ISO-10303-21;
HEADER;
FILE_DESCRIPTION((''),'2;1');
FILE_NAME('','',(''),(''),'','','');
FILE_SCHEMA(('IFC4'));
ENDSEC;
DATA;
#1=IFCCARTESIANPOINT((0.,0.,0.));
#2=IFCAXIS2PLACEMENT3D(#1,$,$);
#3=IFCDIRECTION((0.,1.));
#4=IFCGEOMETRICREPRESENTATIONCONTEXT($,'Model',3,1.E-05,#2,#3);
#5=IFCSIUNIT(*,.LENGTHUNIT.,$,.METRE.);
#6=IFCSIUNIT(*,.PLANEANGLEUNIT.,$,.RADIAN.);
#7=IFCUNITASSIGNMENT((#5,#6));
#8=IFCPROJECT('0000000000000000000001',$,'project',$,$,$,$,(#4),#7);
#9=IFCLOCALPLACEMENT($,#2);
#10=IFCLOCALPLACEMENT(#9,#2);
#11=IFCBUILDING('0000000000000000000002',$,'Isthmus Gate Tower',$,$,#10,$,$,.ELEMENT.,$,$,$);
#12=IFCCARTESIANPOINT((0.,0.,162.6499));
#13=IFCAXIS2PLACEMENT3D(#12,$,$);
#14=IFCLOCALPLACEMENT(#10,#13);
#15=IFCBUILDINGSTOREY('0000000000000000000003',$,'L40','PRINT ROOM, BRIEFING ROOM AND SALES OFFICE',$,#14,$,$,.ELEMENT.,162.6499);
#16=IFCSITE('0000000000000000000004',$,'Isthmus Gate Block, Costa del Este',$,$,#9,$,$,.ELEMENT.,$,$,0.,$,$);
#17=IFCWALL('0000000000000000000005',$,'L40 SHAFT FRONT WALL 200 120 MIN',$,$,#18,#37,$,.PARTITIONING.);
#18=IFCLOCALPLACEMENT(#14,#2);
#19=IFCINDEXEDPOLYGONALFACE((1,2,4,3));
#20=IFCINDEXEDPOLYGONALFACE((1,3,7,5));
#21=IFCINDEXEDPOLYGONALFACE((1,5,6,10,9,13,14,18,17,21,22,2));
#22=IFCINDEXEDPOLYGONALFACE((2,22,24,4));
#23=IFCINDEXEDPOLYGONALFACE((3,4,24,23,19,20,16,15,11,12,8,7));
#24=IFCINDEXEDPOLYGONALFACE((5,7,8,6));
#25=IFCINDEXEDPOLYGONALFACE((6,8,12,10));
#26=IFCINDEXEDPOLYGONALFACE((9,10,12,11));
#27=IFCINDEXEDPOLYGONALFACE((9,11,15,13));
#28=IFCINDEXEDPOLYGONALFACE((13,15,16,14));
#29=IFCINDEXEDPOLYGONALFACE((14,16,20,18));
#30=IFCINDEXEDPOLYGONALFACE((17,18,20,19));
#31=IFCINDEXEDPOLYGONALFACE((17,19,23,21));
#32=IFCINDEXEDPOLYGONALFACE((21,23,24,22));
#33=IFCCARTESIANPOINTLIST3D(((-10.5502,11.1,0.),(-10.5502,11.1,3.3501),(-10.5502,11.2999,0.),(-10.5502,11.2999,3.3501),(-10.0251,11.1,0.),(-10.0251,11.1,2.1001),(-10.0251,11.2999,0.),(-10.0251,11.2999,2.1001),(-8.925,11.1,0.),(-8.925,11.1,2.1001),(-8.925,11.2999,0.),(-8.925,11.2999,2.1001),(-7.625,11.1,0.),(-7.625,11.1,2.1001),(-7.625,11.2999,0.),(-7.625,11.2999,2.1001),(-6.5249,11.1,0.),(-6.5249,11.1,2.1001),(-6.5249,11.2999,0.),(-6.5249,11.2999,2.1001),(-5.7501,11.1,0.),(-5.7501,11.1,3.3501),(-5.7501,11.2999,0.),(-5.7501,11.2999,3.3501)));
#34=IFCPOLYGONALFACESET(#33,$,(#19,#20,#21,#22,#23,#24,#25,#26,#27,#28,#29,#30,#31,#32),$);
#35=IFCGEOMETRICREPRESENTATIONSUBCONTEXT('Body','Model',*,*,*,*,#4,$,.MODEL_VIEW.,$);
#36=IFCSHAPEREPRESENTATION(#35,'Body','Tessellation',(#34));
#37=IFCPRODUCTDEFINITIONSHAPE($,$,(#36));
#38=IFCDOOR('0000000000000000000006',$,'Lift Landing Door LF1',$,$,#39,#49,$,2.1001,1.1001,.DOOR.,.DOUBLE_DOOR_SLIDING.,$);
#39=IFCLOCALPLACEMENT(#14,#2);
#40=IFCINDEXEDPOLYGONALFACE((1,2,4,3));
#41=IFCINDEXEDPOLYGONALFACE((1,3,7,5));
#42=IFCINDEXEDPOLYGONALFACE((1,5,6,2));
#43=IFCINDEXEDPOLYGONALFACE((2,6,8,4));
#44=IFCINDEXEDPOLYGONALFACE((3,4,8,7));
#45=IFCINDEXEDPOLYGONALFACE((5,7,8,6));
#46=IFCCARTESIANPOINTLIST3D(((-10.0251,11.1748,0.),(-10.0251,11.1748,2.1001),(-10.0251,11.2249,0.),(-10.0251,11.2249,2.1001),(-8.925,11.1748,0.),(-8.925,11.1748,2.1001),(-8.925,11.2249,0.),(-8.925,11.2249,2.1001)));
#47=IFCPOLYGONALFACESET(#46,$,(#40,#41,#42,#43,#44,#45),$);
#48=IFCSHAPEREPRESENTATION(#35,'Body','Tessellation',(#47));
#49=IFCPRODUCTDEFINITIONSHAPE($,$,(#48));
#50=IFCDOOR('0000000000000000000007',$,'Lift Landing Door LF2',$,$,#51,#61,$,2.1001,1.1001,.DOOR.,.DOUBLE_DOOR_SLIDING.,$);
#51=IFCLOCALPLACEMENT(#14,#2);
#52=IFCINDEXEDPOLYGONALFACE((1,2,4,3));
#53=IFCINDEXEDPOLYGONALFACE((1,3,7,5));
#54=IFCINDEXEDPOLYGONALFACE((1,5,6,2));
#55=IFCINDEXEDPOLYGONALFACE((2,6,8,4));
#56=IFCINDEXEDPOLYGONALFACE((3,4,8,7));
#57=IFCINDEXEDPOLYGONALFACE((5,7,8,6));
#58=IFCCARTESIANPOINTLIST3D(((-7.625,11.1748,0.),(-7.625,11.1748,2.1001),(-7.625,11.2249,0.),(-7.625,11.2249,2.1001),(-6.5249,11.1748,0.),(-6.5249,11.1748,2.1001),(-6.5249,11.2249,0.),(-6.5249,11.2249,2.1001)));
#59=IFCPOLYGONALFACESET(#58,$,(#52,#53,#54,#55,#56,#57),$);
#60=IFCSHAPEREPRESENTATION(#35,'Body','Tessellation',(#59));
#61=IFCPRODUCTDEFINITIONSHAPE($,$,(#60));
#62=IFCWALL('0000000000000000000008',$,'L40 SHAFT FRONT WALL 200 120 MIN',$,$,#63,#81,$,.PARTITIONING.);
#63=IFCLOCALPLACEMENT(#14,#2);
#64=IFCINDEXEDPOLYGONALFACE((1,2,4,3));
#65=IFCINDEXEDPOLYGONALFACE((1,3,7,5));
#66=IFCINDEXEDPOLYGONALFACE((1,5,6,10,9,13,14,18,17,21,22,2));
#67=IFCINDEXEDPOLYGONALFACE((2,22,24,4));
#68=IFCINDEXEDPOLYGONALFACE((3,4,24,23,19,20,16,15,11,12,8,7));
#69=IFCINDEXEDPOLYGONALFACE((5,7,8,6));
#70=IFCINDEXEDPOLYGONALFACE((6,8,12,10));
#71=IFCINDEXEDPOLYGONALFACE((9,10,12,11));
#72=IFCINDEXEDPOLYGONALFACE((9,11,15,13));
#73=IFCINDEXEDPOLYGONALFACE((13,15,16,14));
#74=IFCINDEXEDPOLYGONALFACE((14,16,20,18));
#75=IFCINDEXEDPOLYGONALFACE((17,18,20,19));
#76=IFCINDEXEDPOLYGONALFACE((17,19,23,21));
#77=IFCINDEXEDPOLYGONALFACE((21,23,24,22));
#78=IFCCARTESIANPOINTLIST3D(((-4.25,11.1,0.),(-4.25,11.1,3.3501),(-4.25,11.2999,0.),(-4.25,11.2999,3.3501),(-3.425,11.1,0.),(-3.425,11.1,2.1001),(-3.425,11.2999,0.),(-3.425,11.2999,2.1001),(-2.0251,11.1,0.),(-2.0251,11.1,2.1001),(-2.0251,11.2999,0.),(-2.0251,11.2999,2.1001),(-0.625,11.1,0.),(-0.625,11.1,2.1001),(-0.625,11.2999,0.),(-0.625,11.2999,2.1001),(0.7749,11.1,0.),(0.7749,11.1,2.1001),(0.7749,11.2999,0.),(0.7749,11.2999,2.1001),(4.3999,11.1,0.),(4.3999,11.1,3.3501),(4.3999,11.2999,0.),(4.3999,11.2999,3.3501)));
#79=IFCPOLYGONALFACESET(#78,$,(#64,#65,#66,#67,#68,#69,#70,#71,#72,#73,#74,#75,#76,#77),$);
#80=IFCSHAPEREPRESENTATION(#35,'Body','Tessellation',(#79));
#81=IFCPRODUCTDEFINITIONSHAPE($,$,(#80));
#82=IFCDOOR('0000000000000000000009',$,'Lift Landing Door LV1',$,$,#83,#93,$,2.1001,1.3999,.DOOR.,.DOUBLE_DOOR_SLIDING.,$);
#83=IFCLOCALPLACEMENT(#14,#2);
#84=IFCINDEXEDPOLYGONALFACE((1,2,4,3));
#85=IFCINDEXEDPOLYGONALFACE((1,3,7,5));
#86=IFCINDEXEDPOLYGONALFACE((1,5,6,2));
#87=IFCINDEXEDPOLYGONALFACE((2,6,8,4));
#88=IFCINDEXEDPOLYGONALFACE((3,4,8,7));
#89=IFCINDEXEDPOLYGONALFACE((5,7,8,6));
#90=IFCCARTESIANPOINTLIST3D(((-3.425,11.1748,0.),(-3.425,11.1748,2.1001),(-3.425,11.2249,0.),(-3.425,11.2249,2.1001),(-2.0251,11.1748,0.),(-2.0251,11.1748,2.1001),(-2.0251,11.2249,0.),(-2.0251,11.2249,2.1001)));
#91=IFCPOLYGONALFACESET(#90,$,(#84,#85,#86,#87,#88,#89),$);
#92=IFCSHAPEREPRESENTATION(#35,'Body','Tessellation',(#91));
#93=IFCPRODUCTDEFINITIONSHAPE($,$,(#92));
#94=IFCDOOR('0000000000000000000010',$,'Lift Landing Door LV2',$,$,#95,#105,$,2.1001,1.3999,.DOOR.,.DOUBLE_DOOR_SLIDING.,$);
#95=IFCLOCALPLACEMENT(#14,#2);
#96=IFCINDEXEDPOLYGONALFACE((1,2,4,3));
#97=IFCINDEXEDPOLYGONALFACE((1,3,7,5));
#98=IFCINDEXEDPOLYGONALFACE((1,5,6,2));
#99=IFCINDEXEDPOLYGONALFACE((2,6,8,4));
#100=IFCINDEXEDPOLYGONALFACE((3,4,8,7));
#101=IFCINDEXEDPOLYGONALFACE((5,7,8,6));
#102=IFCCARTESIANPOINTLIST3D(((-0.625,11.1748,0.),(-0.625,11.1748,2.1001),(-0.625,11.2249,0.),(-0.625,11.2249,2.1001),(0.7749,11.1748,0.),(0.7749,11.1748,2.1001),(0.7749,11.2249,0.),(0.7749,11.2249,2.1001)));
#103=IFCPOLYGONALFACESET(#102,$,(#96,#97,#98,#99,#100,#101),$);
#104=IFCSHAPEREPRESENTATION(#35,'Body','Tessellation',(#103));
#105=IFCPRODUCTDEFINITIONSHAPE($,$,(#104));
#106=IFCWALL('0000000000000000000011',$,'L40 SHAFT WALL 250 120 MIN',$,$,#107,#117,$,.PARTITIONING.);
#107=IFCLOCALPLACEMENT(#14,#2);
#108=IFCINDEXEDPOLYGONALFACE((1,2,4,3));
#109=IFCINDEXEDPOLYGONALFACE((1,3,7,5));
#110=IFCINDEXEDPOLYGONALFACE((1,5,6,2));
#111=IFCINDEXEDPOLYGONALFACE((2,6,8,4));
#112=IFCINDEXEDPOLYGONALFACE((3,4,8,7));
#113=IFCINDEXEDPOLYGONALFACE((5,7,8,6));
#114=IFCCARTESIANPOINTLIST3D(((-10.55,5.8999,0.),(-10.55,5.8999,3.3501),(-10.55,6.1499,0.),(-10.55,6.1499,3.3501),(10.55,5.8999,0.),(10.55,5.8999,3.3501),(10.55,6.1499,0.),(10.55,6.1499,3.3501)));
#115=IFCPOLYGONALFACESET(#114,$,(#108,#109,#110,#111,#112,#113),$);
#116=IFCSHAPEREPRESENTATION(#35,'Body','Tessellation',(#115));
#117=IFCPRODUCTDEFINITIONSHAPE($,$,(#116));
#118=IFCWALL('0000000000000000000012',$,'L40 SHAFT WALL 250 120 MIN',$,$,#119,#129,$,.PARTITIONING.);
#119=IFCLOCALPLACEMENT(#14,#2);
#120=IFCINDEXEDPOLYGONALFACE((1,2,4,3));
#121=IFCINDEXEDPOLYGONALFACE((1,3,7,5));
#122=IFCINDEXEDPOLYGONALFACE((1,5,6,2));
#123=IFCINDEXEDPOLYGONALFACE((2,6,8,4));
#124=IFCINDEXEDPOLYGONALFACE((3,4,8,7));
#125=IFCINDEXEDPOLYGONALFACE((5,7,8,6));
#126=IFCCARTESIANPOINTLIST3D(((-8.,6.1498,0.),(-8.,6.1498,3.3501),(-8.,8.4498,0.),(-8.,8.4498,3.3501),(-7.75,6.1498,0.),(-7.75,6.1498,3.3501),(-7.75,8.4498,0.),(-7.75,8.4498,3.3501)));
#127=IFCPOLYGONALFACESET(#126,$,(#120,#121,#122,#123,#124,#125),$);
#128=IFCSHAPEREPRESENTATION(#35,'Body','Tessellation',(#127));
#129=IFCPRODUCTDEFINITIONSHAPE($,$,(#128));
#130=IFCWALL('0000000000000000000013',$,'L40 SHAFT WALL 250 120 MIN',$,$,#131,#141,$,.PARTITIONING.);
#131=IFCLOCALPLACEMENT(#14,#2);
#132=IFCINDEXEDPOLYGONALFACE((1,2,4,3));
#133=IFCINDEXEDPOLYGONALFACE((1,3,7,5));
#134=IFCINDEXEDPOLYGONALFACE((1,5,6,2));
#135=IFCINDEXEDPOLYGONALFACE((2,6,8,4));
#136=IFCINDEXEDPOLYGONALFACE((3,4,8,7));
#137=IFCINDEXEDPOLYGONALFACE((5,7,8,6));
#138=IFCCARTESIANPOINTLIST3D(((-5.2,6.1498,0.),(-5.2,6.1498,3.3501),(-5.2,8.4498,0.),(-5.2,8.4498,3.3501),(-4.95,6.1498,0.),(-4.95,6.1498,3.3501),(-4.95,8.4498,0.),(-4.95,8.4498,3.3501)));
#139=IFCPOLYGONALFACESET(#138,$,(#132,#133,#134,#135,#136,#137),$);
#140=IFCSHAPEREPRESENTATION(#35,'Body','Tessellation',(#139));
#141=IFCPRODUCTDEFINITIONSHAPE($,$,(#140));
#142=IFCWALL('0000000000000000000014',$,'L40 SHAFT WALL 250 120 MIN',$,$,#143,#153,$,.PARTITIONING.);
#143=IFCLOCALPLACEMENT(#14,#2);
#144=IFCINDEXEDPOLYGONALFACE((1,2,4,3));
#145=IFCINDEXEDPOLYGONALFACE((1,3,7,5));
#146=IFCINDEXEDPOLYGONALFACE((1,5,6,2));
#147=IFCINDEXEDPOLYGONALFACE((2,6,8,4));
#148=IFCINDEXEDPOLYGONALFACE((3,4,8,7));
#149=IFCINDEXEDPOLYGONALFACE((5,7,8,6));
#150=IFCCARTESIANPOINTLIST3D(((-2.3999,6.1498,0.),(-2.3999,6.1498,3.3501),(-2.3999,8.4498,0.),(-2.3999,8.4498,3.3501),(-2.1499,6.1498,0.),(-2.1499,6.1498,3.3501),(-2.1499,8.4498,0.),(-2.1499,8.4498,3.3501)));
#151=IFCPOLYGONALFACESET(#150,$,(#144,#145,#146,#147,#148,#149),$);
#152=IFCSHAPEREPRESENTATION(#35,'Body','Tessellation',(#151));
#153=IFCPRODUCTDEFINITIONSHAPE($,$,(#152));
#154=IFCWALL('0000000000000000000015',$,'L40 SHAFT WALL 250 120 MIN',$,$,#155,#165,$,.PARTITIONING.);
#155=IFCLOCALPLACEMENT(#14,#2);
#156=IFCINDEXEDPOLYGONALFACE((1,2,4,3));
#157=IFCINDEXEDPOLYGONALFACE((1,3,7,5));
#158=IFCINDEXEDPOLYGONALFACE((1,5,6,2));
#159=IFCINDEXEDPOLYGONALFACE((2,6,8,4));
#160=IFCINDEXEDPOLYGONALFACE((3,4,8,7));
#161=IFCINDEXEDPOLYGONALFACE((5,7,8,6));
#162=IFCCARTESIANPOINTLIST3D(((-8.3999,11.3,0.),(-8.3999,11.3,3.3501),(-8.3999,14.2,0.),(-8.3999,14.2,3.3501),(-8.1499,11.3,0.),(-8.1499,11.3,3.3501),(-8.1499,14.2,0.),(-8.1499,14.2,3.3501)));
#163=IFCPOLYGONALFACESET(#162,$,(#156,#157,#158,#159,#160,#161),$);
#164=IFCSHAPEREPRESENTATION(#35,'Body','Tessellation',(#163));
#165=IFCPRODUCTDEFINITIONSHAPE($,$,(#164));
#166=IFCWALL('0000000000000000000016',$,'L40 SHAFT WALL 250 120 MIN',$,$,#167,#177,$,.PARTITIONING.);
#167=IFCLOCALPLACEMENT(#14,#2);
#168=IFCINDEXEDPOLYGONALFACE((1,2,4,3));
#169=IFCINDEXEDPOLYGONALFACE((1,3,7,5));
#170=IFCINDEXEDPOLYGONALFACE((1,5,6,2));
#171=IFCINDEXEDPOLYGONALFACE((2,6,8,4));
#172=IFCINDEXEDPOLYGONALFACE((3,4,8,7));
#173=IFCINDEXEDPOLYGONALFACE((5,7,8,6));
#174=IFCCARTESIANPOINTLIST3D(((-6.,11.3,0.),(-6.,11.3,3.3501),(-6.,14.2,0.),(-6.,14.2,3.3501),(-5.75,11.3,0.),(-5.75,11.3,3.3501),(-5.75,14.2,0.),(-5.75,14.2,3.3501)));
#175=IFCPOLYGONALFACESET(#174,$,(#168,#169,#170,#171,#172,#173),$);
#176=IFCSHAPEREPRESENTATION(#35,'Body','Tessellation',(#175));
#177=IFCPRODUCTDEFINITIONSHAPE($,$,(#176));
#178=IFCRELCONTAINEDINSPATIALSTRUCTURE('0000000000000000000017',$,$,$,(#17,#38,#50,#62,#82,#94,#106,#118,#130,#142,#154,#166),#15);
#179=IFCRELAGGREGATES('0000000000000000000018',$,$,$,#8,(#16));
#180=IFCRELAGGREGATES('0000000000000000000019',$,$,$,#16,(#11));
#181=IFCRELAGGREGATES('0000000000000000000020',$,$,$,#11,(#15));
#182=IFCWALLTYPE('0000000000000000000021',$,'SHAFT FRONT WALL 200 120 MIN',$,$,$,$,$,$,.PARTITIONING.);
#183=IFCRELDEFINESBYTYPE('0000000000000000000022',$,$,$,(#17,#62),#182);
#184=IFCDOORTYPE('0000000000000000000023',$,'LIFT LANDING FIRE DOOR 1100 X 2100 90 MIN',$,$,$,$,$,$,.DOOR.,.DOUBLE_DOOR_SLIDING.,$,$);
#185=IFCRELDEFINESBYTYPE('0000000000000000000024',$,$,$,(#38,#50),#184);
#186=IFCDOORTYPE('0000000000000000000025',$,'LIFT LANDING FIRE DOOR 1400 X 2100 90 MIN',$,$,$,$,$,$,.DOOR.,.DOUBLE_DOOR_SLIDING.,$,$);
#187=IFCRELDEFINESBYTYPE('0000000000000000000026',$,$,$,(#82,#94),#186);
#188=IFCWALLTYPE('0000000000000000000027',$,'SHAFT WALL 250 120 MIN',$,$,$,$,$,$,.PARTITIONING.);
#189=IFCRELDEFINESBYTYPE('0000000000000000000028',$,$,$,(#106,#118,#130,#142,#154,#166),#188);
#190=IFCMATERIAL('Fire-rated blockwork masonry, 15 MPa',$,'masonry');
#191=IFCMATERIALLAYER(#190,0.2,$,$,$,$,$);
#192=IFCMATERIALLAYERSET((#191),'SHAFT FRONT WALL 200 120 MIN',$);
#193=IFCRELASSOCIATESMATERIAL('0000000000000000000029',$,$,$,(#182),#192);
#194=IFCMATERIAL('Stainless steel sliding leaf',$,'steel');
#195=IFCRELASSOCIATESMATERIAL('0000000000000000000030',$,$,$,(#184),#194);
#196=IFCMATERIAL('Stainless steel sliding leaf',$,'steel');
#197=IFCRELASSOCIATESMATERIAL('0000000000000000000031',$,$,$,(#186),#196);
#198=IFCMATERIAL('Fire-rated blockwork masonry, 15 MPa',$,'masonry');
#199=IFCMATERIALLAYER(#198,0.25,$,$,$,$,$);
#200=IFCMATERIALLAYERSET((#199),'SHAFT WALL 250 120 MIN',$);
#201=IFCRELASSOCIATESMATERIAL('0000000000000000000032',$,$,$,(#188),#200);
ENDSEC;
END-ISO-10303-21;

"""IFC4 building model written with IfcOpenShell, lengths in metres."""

from ifc_helpers import new_model, si_unit, direction, frame, frame_2d, origin, place, context, subcontext, project, spatial, rectangle, extrude, material, layer, layer_set, type_object, element, fill, save


model = new_model("IFC4")

# Units and contexts
model_context = context("Model", 3, precision=1e-05, world=origin(), true_north=direction((0.0, 1.0)))
body_context = subcontext(model_context, "Body", "Model", "MODEL_VIEW")
ifc_project = project(units=[si_unit("LENGTHUNIT", "METRE"), si_unit("PLANEANGLEUNIT", "RADIAN")], contexts=[model_context])

# Site, building, storey
site_placement = place(None, origin())
site = spatial("IfcSite", under=ifc_project, at=site_placement, Name="Isthmus Gate Block, Costa del Este", CompositionType="ELEMENT", RefElevation=0.0)
building_placement = place(site_placement, origin())
building = spatial("IfcBuilding", under=site, at=building_placement, Name="Isthmus Gate Tower", CompositionType="ELEMENT")
storey_placement = place(building_placement, frame((0.0, 0.0, 162.6499)))
storey = spatial("IfcBuildingStorey", under=building, at=storey_placement, Name="L40", Description="PRINT ROOM, BRIEFING ROOM AND SALES OFFICE", CompositionType="ELEMENT", Elevation=162.6499)

# Walls, openings, doors
ifc_material_1 = material(Name="Fire-rated blockwork masonry, 15 MPa", Category="masonry")
ifc_layer_1 = layer(ifc_material_1, 0.2)
ifc_layer_set_1 = layer_set([ifc_layer_1], Name="SHAFT FRONT WALL 200 120 MIN")
wall_type_1 = type_object("IfcWallType", Name="SHAFT FRONT WALL 200 120 MIN", PredefinedType="PARTITIONING", material=ifc_layer_set_1)
wall_1_placement = place(storey_placement, frame((-10.55, 11.2, 0.0), z_axis=(0.0, 0.0, 1.0), x_axis=(1.0, 0.0, 0.0)))
wall_1 = element("IfcWall", 1, at=wall_1_placement, inside=storey, type_object=wall_type_1, Name="L40 SHAFT FRONT WALL 200 120 MIN", PredefinedType="PARTITIONING", context=body_context, shape_type="SweptSolid", body=[
    extrude(rectangle(XDim=4.8, YDim=0.2, at=frame_2d((2.3999, 0.0))), origin(), (0.0, 0.0, 1.0), 3.3501),
])
opening_1_placement = place(wall_1_placement, frame((0.5249, 0.0, 0.0)))
opening_1 = element("IfcOpeningElement", 2, at=opening_1_placement, cuts=wall_1, PredefinedType="OPENING", context=body_context, shape_type="SweptSolid", body=[
    extrude(rectangle(XDim=1.1001, YDim=2.1001, at=frame_2d((0.55, 1.05))), frame((0.0, 0.1099, 0.0), z_axis=(0.0, -1.0, 0.0), x_axis=(1.0, 0.0, 0.0)), (0.0, 0.0, 1.0), 0.22),
])
opening_2_placement = place(wall_1_placement, frame((2.925, 0.0, 0.0)))
opening_2 = element("IfcOpeningElement", 3, at=opening_2_placement, cuts=wall_1, PredefinedType="OPENING", context=body_context, shape_type="SweptSolid", body=[
    extrude(rectangle(XDim=1.1001, YDim=2.1001, at=frame_2d((0.55, 1.05))), frame((0.0, 0.1099, 0.0), z_axis=(0.0, -1.0, 0.0), x_axis=(1.0, 0.0, 0.0)), (0.0, 0.0, 1.0), 0.22),
])
ifc_material_2 = material(Name="Stainless steel sliding leaf", Category="steel")
door_type_1 = type_object("IfcDoorType", Name="LIFT LANDING FIRE DOOR 1100 X 2100 90 MIN", OperationType="DOUBLE_DOOR_SLIDING", PredefinedType="DOOR", material=ifc_material_2)
door_1_placement = place(opening_1_placement, origin())
door_1 = element("IfcDoor", 4, at=door_1_placement, inside=storey, type_object=door_type_1, Name="Lift Landing Door LF1", OperationType="DOUBLE_DOOR_SLIDING", OverallHeight=2.1001, OverallWidth=1.1001, PredefinedType="DOOR", context=body_context, shape_type="SweptSolid", body=[
    extrude(rectangle(XDim=1.1001, YDim=2.1001, at=frame_2d((0.55, 1.05))), frame((0.0, 0.0249, 0.0), z_axis=(0.0, -1.0, 0.0), x_axis=(1.0, 0.0, 0.0)), (0.0, 0.0, 1.0), 0.05),
])
fill(opening_1, door_1)
door_2_placement = place(opening_2_placement, origin())
door_2 = element("IfcDoor", 5, at=door_2_placement, inside=storey, type_object=door_type_1, Name="Lift Landing Door LF2", OperationType="DOUBLE_DOOR_SLIDING", OverallHeight=2.1001, OverallWidth=1.1001, PredefinedType="DOOR", context=body_context, shape_type="SweptSolid", body=[
    extrude(rectangle(XDim=1.1001, YDim=2.1001, at=frame_2d((0.55, 1.05))), frame((0.0, 0.0249, 0.0), z_axis=(0.0, -1.0, 0.0), x_axis=(1.0, 0.0, 0.0)), (0.0, 0.0, 1.0), 0.05),
])
fill(opening_2, door_2)
wall_2_placement = place(storey_placement, frame((-4.25, 11.2, 0.0), z_axis=(0.0, 0.0, 1.0), x_axis=(1.0, 0.0, 0.0)))
wall_2 = element("IfcWall", 6, at=wall_2_placement, inside=storey, type_object=wall_type_1, Name="L40 SHAFT FRONT WALL 200 120 MIN", PredefinedType="PARTITIONING", context=body_context, shape_type="SweptSolid", body=[
    extrude(rectangle(XDim=8.6499, YDim=0.2, at=frame_2d((4.325, 0.0))), origin(), (0.0, 0.0, 1.0), 3.3501),
])
opening_3_placement = place(wall_2_placement, frame((0.825, 0.0, 0.0)))
opening_3 = element("IfcOpeningElement", 7, at=opening_3_placement, cuts=wall_2, PredefinedType="OPENING", context=body_context, shape_type="SweptSolid", body=[
    extrude(rectangle(XDim=1.3999, YDim=2.1001, at=frame_2d((0.7, 1.05))), frame((0.0, 0.1099, 0.0), z_axis=(0.0, -1.0, 0.0), x_axis=(1.0, 0.0, 0.0)), (0.0, 0.0, 1.0), 0.22),
])
opening_4_placement = place(wall_2_placement, frame((3.625, 0.0, 0.0)))
opening_4 = element("IfcOpeningElement", 8, at=opening_4_placement, cuts=wall_2, PredefinedType="OPENING", context=body_context, shape_type="SweptSolid", body=[
    extrude(rectangle(XDim=1.3999, YDim=2.1001, at=frame_2d((0.7, 1.05))), frame((0.0, 0.1099, 0.0), z_axis=(0.0, -1.0, 0.0), x_axis=(1.0, 0.0, 0.0)), (0.0, 0.0, 1.0), 0.22),
])
ifc_material_3 = material(Name="Stainless steel sliding leaf", Category="steel")
door_type_2 = type_object("IfcDoorType", Name="LIFT LANDING FIRE DOOR 1400 X 2100 90 MIN", OperationType="DOUBLE_DOOR_SLIDING", PredefinedType="DOOR", material=ifc_material_3)
door_3_placement = place(opening_3_placement, origin())
door_3 = element("IfcDoor", 9, at=door_3_placement, inside=storey, type_object=door_type_2, Name="Lift Landing Door LV1", OperationType="DOUBLE_DOOR_SLIDING", OverallHeight=2.1001, OverallWidth=1.3999, PredefinedType="DOOR", context=body_context, shape_type="SweptSolid", body=[
    extrude(rectangle(XDim=1.3999, YDim=2.1001, at=frame_2d((0.7, 1.05))), frame((0.0, 0.0249, 0.0), z_axis=(0.0, -1.0, 0.0), x_axis=(1.0, 0.0, 0.0)), (0.0, 0.0, 1.0), 0.05),
])
fill(opening_3, door_3)
door_4_placement = place(opening_4_placement, origin())
door_4 = element("IfcDoor", 10, at=door_4_placement, inside=storey, type_object=door_type_2, Name="Lift Landing Door LV2", OperationType="DOUBLE_DOOR_SLIDING", OverallHeight=2.1001, OverallWidth=1.3999, PredefinedType="DOOR", context=body_context, shape_type="SweptSolid", body=[
    extrude(rectangle(XDim=1.3999, YDim=2.1001, at=frame_2d((0.7, 1.05))), frame((0.0, 0.0249, 0.0), z_axis=(0.0, -1.0, 0.0), x_axis=(1.0, 0.0, 0.0)), (0.0, 0.0, 1.0), 0.05),
])
fill(opening_4, door_4)

# Walls
ifc_material_4 = material(Name="Fire-rated blockwork masonry, 15 MPa", Category="masonry")
ifc_layer_2 = layer(ifc_material_4, 0.25)
ifc_layer_set_2 = layer_set([ifc_layer_2], Name="SHAFT WALL 250 120 MIN")
wall_type_2 = type_object("IfcWallType", Name="SHAFT WALL 250 120 MIN", PredefinedType="PARTITIONING", material=ifc_layer_set_2)
wall_3_placement = place(storey_placement, frame((-10.55, 6.0249, 0.0), z_axis=(0.0, 0.0, 1.0), x_axis=(1.0, 0.0, 0.0)))
element("IfcWall", 11, at=wall_3_placement, inside=storey, type_object=wall_type_2, Name="L40 SHAFT WALL 250 120 MIN", PredefinedType="PARTITIONING", context=body_context, shape_type="SweptSolid", body=[
    extrude(rectangle(XDim=21.1001, YDim=0.25, at=frame_2d((10.55, 0.0))), origin(), (0.0, 0.0, 1.0), 3.3501),
])
for number, where, z_axis, x_axis, name in (
    (12, (-7.875, 6.1499, 0.0), (0.0, 0.0, 1.0), (0.0, 1.0, 0.0), "L40 SHAFT WALL 250 120 MIN"),
    (13, (-5.075, 6.1499, 0.0), (0.0, 0.0, 1.0), (0.0, 1.0, 0.0), "L40 SHAFT WALL 250 120 MIN"),
    (14, (-2.2749, 6.1499, 0.0), (0.0, 0.0, 1.0), (0.0, 1.0, 0.0), "L40 SHAFT WALL 250 120 MIN"),
):
    element("IfcWall", number, at=place(storey_placement, frame(where, z_axis=z_axis, x_axis=x_axis)), inside=storey, type_object=wall_type_2, Name=name, PredefinedType="PARTITIONING", context=body_context, shape_type="SweptSolid", body=[
        extrude(rectangle(XDim=2.3, YDim=0.25, at=frame_2d((1.1499, 0.0))), origin(), (0.0, 0.0, 1.0), 3.3501),
    ])
for number, where, z_axis, x_axis, name in (
    (15, (-8.2749, 11.3, 0.0), (0.0, 0.0, 1.0), (0.0, 1.0, 0.0), "L40 SHAFT WALL 250 120 MIN"),
    (16, (-5.875, 11.3, 0.0), (0.0, 0.0, 1.0), (0.0, 1.0, 0.0), "L40 SHAFT WALL 250 120 MIN"),
):
    element("IfcWall", number, at=place(storey_placement, frame(where, z_axis=z_axis, x_axis=x_axis)), inside=storey, type_object=wall_type_2, Name=name, PredefinedType="PARTITIONING", context=body_context, shape_type="SweptSolid", body=[
        extrude(rectangle(XDim=2.8999, YDim=0.25, at=frame_2d((1.45, 0.0))), origin(), (0.0, 0.0, 1.0), 3.3501),
    ])

save(model, "model.ifc")
